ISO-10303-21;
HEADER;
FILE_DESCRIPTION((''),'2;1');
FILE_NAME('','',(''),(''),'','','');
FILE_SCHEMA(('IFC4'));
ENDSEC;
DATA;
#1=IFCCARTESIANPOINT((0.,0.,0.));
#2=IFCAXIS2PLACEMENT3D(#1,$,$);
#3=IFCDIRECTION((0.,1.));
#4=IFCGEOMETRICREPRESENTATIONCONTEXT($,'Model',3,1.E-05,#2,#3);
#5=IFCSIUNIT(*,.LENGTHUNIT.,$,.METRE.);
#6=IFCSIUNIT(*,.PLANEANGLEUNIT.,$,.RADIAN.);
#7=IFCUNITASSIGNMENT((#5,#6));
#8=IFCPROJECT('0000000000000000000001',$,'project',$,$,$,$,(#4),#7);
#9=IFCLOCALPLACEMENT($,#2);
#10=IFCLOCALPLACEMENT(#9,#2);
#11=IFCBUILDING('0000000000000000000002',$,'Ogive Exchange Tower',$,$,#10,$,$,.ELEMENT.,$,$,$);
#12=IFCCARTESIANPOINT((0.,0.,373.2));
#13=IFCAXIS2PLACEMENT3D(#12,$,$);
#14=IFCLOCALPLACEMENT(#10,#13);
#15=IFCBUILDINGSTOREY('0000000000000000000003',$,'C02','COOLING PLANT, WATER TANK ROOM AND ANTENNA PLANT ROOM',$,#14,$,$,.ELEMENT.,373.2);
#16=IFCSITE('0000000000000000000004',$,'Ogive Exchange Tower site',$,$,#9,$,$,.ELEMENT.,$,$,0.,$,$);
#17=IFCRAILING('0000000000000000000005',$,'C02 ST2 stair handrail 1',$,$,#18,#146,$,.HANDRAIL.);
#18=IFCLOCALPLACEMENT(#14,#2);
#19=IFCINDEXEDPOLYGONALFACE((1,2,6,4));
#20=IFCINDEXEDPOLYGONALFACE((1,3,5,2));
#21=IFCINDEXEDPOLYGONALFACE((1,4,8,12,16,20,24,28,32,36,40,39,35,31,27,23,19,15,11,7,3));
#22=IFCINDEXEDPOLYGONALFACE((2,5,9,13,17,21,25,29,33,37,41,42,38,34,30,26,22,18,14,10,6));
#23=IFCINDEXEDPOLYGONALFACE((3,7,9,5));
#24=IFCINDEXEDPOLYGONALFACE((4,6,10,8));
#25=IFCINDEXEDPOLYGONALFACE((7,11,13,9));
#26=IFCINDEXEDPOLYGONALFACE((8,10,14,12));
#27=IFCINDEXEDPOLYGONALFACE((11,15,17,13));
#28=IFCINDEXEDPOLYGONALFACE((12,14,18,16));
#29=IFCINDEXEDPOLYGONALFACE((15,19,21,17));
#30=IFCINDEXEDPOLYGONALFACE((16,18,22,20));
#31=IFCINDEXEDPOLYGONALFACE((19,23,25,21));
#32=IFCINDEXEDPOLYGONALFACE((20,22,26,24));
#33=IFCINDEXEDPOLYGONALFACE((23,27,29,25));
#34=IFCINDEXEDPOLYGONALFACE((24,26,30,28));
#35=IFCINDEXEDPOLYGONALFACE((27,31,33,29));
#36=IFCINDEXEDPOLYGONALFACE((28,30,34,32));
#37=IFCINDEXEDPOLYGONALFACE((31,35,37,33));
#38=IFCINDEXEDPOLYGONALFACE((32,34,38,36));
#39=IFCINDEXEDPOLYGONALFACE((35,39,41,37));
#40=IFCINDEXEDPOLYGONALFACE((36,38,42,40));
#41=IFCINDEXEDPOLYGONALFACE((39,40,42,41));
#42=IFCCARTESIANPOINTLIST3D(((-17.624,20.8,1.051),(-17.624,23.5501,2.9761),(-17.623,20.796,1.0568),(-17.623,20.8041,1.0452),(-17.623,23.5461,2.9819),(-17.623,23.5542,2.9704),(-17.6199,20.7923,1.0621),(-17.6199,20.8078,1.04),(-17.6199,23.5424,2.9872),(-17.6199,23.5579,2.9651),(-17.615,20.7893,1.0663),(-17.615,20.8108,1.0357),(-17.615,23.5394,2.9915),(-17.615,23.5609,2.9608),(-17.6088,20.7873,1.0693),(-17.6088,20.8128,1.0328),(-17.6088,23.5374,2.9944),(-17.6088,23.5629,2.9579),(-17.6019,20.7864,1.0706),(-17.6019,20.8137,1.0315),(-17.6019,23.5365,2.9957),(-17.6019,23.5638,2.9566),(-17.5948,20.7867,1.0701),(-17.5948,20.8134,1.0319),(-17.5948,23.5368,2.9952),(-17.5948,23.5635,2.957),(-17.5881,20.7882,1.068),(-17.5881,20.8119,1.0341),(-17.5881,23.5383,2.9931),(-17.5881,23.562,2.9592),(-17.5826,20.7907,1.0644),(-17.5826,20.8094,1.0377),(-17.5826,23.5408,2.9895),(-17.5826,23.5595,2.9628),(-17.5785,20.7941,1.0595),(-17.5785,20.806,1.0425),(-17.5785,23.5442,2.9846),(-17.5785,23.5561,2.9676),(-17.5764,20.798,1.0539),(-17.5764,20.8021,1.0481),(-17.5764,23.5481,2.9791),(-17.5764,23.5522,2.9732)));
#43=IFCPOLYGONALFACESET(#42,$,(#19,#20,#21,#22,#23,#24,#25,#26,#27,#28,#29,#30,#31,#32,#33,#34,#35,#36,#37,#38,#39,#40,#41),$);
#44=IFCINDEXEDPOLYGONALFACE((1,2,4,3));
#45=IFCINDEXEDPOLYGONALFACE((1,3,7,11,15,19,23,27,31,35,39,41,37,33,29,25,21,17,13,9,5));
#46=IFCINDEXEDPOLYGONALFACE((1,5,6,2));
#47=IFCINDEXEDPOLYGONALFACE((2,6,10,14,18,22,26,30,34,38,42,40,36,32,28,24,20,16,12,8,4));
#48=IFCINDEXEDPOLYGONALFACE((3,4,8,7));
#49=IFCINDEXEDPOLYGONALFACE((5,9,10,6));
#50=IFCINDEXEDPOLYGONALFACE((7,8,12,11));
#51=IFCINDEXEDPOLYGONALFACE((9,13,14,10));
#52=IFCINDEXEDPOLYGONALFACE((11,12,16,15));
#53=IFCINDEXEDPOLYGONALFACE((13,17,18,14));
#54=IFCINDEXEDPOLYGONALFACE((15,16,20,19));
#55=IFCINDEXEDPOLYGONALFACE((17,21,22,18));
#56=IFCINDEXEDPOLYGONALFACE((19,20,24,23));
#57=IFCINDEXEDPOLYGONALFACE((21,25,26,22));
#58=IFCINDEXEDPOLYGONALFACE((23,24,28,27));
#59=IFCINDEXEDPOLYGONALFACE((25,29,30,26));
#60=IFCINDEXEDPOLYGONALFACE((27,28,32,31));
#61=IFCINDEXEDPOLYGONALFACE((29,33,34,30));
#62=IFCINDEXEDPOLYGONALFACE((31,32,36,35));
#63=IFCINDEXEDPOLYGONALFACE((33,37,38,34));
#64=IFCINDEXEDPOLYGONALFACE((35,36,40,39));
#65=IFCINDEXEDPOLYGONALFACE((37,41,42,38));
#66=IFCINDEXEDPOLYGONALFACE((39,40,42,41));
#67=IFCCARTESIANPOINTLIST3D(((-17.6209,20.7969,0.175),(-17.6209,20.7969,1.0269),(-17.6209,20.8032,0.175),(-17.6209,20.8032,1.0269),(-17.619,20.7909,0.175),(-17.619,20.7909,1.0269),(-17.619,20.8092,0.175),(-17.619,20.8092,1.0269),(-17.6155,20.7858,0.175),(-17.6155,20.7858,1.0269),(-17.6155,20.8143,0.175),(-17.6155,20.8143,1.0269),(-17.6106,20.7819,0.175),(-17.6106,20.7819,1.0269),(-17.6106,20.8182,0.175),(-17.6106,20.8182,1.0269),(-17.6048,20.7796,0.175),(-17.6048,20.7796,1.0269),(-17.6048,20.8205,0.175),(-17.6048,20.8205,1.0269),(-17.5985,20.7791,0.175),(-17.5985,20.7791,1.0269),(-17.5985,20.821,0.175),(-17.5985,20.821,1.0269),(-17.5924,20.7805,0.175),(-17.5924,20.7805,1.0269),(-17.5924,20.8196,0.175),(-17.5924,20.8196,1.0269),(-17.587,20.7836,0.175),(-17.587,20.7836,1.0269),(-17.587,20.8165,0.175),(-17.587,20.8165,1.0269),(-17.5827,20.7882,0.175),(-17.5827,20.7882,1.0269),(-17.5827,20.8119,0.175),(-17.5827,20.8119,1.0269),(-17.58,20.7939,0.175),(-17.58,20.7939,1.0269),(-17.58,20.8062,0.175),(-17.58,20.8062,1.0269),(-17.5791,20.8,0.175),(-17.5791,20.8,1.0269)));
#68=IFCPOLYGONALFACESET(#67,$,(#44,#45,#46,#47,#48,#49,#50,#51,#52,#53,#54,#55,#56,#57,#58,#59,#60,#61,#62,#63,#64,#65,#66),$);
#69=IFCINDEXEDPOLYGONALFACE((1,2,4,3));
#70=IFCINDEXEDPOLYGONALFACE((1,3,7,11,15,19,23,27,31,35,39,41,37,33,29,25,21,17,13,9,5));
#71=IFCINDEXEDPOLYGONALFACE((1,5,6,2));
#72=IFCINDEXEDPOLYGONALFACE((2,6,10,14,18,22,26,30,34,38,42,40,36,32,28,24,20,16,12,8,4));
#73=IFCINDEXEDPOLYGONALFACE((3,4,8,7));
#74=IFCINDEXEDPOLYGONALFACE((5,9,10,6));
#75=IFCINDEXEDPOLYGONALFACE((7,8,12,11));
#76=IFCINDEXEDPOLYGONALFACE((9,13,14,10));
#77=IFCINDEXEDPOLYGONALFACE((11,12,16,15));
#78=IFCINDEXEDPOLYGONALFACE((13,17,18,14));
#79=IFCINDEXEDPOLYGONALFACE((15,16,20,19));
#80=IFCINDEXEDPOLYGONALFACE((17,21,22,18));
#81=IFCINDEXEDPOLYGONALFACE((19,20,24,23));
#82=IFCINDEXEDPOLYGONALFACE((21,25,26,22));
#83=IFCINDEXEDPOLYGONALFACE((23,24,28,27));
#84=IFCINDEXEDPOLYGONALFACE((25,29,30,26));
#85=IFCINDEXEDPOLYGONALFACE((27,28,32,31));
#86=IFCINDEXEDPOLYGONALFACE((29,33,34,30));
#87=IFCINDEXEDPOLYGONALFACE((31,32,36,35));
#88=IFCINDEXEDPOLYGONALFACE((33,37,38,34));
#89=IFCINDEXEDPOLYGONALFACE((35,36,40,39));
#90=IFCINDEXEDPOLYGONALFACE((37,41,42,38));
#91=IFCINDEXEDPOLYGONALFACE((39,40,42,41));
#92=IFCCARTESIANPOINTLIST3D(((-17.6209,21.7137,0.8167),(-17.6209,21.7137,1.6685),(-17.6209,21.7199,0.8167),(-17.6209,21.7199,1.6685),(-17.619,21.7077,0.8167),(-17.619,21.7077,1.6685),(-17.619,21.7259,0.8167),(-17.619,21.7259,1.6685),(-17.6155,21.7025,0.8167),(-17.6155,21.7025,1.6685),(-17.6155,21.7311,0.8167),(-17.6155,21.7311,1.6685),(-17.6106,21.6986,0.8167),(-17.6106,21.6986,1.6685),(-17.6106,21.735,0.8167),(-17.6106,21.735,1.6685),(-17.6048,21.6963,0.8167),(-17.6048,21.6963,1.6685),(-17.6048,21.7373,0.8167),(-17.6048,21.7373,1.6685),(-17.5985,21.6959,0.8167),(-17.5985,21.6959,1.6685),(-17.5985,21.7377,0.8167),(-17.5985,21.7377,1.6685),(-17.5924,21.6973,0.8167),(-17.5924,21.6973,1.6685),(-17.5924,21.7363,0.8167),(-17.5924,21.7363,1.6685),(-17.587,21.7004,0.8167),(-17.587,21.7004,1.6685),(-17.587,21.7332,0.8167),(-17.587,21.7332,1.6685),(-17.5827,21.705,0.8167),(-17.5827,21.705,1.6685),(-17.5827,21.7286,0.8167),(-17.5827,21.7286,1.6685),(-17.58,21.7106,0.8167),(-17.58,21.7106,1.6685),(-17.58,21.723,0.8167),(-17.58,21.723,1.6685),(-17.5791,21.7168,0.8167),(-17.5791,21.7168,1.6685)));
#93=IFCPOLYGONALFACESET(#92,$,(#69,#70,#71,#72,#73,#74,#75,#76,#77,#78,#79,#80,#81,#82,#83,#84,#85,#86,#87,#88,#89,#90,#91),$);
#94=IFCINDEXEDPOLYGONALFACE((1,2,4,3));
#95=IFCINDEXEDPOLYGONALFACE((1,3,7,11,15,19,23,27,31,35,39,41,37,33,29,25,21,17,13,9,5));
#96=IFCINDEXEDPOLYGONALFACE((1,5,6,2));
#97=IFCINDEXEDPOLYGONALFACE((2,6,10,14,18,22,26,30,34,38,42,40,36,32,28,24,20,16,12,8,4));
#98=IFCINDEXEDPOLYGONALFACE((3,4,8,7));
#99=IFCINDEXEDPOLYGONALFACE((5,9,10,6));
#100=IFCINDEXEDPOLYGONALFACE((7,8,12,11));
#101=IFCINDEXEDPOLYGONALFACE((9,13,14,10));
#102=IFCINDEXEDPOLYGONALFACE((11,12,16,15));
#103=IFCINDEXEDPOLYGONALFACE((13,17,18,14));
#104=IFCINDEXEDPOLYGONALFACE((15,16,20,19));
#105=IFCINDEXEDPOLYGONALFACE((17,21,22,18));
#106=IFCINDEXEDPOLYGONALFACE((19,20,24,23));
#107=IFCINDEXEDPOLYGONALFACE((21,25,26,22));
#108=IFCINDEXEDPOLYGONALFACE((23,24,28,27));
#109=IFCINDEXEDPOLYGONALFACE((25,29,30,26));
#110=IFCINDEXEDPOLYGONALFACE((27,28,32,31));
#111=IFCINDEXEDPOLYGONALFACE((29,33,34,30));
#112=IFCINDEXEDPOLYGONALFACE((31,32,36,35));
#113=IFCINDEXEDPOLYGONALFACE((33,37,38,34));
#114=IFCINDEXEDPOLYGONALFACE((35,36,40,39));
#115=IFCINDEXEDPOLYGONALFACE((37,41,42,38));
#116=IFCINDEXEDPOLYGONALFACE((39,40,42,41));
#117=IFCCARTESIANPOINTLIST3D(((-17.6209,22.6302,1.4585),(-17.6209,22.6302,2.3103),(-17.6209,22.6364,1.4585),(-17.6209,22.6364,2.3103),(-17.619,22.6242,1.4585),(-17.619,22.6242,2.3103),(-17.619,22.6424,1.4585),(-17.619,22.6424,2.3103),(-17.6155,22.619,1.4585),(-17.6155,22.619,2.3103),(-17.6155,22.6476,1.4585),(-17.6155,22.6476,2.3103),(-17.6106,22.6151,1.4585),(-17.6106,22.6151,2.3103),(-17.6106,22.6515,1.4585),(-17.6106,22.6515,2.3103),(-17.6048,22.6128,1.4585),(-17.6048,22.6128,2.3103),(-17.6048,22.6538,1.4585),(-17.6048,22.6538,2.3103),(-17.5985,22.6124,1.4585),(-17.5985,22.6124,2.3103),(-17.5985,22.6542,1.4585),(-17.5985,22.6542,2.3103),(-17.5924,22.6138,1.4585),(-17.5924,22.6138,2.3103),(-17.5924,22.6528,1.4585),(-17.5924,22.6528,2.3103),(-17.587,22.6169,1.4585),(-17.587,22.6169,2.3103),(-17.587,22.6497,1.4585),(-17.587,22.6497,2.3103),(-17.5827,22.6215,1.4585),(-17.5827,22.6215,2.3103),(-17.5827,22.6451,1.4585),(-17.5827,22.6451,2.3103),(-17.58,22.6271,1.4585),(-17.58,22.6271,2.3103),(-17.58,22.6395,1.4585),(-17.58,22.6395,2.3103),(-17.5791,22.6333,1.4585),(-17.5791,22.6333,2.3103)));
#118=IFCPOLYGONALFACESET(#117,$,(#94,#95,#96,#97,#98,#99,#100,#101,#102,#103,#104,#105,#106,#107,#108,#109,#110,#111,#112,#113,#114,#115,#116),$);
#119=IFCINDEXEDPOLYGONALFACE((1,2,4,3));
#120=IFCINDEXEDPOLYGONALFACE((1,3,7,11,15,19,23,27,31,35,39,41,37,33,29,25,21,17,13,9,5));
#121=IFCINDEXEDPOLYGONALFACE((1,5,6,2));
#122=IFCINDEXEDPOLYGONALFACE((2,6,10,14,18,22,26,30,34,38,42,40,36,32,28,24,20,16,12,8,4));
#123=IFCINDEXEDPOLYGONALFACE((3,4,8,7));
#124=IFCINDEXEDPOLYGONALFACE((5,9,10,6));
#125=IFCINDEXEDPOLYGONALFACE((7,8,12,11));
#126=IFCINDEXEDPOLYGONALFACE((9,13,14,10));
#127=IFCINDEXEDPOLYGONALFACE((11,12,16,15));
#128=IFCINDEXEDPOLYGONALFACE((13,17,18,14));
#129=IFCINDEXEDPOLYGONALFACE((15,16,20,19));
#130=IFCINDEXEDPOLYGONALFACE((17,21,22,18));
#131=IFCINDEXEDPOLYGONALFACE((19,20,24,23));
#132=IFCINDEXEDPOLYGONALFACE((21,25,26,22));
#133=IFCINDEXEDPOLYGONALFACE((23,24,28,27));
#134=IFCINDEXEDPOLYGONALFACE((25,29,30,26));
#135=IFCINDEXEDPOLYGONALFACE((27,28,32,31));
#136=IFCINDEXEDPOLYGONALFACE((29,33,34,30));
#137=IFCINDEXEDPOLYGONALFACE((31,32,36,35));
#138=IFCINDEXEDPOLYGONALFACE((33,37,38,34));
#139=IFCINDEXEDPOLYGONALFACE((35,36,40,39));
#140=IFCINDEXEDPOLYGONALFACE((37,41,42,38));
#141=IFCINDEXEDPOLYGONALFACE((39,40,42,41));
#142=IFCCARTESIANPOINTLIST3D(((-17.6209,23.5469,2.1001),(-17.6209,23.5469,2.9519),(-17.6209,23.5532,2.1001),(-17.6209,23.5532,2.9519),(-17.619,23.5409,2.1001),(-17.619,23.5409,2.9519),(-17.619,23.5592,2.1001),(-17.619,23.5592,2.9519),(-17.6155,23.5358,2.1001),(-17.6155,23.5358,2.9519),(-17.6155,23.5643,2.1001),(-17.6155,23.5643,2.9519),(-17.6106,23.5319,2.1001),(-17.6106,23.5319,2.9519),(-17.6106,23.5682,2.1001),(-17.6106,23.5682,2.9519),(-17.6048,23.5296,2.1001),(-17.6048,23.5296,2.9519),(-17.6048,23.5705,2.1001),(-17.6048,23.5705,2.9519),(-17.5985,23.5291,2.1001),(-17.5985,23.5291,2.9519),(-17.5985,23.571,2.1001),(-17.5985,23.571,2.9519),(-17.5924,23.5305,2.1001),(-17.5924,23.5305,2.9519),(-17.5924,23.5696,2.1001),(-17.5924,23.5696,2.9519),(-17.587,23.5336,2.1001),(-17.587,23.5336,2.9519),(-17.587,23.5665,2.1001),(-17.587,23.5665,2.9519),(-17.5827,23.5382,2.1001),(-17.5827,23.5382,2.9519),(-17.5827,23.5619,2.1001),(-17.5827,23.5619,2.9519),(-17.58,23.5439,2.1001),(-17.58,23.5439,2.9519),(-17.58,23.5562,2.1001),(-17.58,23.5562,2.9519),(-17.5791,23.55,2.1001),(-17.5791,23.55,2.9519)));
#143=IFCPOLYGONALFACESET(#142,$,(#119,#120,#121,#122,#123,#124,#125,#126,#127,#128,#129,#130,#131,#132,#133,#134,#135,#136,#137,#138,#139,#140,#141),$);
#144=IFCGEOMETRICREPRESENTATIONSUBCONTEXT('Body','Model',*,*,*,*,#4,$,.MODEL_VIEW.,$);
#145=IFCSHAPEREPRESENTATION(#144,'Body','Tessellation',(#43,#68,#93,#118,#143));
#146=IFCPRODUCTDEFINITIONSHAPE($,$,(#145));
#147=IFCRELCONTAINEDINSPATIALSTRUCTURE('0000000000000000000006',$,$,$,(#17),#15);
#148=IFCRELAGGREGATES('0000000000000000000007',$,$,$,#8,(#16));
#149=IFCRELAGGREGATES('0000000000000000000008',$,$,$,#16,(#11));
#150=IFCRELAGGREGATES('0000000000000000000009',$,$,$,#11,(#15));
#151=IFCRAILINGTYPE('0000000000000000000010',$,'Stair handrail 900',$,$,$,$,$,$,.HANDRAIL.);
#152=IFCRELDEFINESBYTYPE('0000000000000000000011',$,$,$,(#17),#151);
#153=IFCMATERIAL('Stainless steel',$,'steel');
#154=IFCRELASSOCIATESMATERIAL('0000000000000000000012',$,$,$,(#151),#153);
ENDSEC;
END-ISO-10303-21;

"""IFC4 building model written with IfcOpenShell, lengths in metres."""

from ifc_helpers import new_model, si_unit, direction, frame, origin, origin_2d, place, context, subcontext, project, spatial, circle, extrude, material, type_object, element, save


model = new_model("IFC4")

# Units and contexts
model_context = context("Model", 3, precision=1e-05, world=origin(), true_north=direction((0.0, 1.0)))
body_context = subcontext(model_context, "Body", "Model", "MODEL_VIEW")
ifc_project = project(units=[si_unit("LENGTHUNIT", "METRE"), si_unit("PLANEANGLEUNIT", "RADIAN")], contexts=[model_context])

# Site, building, storey
site_placement = place(None, origin())
site = spatial("IfcSite", under=ifc_project, at=site_placement, Name="Ogive Exchange Tower site", CompositionType="ELEMENT", RefElevation=0.0)
building_placement = place(site_placement, origin())
building = spatial("IfcBuilding", under=site, at=building_placement, Name="Ogive Exchange Tower", CompositionType="ELEMENT")
storey_placement = place(building_placement, frame((0.0, 0.0, 373.2)))
storey = spatial("IfcBuildingStorey", under=building, at=storey_placement, Name="C02", Description="COOLING PLANT, WATER TANK ROOM AND ANTENNA PLANT ROOM", CompositionType="ELEMENT", Elevation=373.2)

# Shared definitions
ifc_material_1 = material(Name="Stainless steel", Category="steel")

# Railing
railing_type = type_object("IfcRailingType", Name="Stair handrail 900", PredefinedType="HANDRAIL", material=ifc_material_1)
railing_placement = place(storey_placement, frame((-17.6001, 20.8, 0.175)))
element("IfcRailing", 1, at=railing_placement, inside=storey, type_object=railing_type, Name="C02 ST2 stair handrail 1", PredefinedType="HANDRAIL", context=body_context, shape_type="SweptSolid", body=[
    extrude(circle(Radius=0.0239, at=origin_2d()), frame((0.0, 0.0, 0.876), z_axis=(0.0, 0.819225, 0.573472), x_axis=(-1.0, 0.0, 0.0)), (0.0, 0.0, 1.0), 3.3569),
    extrude(circle(Radius=0.021, at=origin_2d()), origin(), (0.0, 0.0, 1.0), 0.8518),
    extrude(circle(Radius=0.021, at=origin_2d()), frame((0.0, 0.9167, 0.6416)), (0.0, 0.0, 1.0), 0.8518),
    extrude(circle(Radius=0.021, at=origin_2d()), frame((0.0, 1.8333, 1.2834)), (0.0, 0.0, 1.0), 0.8518),
    extrude(circle(Radius=0.021, at=origin_2d()), frame((0.0, 2.75, 1.925)), (0.0, 0.0, 1.0), 0.8518),
])

save(model, "model.ifc")
